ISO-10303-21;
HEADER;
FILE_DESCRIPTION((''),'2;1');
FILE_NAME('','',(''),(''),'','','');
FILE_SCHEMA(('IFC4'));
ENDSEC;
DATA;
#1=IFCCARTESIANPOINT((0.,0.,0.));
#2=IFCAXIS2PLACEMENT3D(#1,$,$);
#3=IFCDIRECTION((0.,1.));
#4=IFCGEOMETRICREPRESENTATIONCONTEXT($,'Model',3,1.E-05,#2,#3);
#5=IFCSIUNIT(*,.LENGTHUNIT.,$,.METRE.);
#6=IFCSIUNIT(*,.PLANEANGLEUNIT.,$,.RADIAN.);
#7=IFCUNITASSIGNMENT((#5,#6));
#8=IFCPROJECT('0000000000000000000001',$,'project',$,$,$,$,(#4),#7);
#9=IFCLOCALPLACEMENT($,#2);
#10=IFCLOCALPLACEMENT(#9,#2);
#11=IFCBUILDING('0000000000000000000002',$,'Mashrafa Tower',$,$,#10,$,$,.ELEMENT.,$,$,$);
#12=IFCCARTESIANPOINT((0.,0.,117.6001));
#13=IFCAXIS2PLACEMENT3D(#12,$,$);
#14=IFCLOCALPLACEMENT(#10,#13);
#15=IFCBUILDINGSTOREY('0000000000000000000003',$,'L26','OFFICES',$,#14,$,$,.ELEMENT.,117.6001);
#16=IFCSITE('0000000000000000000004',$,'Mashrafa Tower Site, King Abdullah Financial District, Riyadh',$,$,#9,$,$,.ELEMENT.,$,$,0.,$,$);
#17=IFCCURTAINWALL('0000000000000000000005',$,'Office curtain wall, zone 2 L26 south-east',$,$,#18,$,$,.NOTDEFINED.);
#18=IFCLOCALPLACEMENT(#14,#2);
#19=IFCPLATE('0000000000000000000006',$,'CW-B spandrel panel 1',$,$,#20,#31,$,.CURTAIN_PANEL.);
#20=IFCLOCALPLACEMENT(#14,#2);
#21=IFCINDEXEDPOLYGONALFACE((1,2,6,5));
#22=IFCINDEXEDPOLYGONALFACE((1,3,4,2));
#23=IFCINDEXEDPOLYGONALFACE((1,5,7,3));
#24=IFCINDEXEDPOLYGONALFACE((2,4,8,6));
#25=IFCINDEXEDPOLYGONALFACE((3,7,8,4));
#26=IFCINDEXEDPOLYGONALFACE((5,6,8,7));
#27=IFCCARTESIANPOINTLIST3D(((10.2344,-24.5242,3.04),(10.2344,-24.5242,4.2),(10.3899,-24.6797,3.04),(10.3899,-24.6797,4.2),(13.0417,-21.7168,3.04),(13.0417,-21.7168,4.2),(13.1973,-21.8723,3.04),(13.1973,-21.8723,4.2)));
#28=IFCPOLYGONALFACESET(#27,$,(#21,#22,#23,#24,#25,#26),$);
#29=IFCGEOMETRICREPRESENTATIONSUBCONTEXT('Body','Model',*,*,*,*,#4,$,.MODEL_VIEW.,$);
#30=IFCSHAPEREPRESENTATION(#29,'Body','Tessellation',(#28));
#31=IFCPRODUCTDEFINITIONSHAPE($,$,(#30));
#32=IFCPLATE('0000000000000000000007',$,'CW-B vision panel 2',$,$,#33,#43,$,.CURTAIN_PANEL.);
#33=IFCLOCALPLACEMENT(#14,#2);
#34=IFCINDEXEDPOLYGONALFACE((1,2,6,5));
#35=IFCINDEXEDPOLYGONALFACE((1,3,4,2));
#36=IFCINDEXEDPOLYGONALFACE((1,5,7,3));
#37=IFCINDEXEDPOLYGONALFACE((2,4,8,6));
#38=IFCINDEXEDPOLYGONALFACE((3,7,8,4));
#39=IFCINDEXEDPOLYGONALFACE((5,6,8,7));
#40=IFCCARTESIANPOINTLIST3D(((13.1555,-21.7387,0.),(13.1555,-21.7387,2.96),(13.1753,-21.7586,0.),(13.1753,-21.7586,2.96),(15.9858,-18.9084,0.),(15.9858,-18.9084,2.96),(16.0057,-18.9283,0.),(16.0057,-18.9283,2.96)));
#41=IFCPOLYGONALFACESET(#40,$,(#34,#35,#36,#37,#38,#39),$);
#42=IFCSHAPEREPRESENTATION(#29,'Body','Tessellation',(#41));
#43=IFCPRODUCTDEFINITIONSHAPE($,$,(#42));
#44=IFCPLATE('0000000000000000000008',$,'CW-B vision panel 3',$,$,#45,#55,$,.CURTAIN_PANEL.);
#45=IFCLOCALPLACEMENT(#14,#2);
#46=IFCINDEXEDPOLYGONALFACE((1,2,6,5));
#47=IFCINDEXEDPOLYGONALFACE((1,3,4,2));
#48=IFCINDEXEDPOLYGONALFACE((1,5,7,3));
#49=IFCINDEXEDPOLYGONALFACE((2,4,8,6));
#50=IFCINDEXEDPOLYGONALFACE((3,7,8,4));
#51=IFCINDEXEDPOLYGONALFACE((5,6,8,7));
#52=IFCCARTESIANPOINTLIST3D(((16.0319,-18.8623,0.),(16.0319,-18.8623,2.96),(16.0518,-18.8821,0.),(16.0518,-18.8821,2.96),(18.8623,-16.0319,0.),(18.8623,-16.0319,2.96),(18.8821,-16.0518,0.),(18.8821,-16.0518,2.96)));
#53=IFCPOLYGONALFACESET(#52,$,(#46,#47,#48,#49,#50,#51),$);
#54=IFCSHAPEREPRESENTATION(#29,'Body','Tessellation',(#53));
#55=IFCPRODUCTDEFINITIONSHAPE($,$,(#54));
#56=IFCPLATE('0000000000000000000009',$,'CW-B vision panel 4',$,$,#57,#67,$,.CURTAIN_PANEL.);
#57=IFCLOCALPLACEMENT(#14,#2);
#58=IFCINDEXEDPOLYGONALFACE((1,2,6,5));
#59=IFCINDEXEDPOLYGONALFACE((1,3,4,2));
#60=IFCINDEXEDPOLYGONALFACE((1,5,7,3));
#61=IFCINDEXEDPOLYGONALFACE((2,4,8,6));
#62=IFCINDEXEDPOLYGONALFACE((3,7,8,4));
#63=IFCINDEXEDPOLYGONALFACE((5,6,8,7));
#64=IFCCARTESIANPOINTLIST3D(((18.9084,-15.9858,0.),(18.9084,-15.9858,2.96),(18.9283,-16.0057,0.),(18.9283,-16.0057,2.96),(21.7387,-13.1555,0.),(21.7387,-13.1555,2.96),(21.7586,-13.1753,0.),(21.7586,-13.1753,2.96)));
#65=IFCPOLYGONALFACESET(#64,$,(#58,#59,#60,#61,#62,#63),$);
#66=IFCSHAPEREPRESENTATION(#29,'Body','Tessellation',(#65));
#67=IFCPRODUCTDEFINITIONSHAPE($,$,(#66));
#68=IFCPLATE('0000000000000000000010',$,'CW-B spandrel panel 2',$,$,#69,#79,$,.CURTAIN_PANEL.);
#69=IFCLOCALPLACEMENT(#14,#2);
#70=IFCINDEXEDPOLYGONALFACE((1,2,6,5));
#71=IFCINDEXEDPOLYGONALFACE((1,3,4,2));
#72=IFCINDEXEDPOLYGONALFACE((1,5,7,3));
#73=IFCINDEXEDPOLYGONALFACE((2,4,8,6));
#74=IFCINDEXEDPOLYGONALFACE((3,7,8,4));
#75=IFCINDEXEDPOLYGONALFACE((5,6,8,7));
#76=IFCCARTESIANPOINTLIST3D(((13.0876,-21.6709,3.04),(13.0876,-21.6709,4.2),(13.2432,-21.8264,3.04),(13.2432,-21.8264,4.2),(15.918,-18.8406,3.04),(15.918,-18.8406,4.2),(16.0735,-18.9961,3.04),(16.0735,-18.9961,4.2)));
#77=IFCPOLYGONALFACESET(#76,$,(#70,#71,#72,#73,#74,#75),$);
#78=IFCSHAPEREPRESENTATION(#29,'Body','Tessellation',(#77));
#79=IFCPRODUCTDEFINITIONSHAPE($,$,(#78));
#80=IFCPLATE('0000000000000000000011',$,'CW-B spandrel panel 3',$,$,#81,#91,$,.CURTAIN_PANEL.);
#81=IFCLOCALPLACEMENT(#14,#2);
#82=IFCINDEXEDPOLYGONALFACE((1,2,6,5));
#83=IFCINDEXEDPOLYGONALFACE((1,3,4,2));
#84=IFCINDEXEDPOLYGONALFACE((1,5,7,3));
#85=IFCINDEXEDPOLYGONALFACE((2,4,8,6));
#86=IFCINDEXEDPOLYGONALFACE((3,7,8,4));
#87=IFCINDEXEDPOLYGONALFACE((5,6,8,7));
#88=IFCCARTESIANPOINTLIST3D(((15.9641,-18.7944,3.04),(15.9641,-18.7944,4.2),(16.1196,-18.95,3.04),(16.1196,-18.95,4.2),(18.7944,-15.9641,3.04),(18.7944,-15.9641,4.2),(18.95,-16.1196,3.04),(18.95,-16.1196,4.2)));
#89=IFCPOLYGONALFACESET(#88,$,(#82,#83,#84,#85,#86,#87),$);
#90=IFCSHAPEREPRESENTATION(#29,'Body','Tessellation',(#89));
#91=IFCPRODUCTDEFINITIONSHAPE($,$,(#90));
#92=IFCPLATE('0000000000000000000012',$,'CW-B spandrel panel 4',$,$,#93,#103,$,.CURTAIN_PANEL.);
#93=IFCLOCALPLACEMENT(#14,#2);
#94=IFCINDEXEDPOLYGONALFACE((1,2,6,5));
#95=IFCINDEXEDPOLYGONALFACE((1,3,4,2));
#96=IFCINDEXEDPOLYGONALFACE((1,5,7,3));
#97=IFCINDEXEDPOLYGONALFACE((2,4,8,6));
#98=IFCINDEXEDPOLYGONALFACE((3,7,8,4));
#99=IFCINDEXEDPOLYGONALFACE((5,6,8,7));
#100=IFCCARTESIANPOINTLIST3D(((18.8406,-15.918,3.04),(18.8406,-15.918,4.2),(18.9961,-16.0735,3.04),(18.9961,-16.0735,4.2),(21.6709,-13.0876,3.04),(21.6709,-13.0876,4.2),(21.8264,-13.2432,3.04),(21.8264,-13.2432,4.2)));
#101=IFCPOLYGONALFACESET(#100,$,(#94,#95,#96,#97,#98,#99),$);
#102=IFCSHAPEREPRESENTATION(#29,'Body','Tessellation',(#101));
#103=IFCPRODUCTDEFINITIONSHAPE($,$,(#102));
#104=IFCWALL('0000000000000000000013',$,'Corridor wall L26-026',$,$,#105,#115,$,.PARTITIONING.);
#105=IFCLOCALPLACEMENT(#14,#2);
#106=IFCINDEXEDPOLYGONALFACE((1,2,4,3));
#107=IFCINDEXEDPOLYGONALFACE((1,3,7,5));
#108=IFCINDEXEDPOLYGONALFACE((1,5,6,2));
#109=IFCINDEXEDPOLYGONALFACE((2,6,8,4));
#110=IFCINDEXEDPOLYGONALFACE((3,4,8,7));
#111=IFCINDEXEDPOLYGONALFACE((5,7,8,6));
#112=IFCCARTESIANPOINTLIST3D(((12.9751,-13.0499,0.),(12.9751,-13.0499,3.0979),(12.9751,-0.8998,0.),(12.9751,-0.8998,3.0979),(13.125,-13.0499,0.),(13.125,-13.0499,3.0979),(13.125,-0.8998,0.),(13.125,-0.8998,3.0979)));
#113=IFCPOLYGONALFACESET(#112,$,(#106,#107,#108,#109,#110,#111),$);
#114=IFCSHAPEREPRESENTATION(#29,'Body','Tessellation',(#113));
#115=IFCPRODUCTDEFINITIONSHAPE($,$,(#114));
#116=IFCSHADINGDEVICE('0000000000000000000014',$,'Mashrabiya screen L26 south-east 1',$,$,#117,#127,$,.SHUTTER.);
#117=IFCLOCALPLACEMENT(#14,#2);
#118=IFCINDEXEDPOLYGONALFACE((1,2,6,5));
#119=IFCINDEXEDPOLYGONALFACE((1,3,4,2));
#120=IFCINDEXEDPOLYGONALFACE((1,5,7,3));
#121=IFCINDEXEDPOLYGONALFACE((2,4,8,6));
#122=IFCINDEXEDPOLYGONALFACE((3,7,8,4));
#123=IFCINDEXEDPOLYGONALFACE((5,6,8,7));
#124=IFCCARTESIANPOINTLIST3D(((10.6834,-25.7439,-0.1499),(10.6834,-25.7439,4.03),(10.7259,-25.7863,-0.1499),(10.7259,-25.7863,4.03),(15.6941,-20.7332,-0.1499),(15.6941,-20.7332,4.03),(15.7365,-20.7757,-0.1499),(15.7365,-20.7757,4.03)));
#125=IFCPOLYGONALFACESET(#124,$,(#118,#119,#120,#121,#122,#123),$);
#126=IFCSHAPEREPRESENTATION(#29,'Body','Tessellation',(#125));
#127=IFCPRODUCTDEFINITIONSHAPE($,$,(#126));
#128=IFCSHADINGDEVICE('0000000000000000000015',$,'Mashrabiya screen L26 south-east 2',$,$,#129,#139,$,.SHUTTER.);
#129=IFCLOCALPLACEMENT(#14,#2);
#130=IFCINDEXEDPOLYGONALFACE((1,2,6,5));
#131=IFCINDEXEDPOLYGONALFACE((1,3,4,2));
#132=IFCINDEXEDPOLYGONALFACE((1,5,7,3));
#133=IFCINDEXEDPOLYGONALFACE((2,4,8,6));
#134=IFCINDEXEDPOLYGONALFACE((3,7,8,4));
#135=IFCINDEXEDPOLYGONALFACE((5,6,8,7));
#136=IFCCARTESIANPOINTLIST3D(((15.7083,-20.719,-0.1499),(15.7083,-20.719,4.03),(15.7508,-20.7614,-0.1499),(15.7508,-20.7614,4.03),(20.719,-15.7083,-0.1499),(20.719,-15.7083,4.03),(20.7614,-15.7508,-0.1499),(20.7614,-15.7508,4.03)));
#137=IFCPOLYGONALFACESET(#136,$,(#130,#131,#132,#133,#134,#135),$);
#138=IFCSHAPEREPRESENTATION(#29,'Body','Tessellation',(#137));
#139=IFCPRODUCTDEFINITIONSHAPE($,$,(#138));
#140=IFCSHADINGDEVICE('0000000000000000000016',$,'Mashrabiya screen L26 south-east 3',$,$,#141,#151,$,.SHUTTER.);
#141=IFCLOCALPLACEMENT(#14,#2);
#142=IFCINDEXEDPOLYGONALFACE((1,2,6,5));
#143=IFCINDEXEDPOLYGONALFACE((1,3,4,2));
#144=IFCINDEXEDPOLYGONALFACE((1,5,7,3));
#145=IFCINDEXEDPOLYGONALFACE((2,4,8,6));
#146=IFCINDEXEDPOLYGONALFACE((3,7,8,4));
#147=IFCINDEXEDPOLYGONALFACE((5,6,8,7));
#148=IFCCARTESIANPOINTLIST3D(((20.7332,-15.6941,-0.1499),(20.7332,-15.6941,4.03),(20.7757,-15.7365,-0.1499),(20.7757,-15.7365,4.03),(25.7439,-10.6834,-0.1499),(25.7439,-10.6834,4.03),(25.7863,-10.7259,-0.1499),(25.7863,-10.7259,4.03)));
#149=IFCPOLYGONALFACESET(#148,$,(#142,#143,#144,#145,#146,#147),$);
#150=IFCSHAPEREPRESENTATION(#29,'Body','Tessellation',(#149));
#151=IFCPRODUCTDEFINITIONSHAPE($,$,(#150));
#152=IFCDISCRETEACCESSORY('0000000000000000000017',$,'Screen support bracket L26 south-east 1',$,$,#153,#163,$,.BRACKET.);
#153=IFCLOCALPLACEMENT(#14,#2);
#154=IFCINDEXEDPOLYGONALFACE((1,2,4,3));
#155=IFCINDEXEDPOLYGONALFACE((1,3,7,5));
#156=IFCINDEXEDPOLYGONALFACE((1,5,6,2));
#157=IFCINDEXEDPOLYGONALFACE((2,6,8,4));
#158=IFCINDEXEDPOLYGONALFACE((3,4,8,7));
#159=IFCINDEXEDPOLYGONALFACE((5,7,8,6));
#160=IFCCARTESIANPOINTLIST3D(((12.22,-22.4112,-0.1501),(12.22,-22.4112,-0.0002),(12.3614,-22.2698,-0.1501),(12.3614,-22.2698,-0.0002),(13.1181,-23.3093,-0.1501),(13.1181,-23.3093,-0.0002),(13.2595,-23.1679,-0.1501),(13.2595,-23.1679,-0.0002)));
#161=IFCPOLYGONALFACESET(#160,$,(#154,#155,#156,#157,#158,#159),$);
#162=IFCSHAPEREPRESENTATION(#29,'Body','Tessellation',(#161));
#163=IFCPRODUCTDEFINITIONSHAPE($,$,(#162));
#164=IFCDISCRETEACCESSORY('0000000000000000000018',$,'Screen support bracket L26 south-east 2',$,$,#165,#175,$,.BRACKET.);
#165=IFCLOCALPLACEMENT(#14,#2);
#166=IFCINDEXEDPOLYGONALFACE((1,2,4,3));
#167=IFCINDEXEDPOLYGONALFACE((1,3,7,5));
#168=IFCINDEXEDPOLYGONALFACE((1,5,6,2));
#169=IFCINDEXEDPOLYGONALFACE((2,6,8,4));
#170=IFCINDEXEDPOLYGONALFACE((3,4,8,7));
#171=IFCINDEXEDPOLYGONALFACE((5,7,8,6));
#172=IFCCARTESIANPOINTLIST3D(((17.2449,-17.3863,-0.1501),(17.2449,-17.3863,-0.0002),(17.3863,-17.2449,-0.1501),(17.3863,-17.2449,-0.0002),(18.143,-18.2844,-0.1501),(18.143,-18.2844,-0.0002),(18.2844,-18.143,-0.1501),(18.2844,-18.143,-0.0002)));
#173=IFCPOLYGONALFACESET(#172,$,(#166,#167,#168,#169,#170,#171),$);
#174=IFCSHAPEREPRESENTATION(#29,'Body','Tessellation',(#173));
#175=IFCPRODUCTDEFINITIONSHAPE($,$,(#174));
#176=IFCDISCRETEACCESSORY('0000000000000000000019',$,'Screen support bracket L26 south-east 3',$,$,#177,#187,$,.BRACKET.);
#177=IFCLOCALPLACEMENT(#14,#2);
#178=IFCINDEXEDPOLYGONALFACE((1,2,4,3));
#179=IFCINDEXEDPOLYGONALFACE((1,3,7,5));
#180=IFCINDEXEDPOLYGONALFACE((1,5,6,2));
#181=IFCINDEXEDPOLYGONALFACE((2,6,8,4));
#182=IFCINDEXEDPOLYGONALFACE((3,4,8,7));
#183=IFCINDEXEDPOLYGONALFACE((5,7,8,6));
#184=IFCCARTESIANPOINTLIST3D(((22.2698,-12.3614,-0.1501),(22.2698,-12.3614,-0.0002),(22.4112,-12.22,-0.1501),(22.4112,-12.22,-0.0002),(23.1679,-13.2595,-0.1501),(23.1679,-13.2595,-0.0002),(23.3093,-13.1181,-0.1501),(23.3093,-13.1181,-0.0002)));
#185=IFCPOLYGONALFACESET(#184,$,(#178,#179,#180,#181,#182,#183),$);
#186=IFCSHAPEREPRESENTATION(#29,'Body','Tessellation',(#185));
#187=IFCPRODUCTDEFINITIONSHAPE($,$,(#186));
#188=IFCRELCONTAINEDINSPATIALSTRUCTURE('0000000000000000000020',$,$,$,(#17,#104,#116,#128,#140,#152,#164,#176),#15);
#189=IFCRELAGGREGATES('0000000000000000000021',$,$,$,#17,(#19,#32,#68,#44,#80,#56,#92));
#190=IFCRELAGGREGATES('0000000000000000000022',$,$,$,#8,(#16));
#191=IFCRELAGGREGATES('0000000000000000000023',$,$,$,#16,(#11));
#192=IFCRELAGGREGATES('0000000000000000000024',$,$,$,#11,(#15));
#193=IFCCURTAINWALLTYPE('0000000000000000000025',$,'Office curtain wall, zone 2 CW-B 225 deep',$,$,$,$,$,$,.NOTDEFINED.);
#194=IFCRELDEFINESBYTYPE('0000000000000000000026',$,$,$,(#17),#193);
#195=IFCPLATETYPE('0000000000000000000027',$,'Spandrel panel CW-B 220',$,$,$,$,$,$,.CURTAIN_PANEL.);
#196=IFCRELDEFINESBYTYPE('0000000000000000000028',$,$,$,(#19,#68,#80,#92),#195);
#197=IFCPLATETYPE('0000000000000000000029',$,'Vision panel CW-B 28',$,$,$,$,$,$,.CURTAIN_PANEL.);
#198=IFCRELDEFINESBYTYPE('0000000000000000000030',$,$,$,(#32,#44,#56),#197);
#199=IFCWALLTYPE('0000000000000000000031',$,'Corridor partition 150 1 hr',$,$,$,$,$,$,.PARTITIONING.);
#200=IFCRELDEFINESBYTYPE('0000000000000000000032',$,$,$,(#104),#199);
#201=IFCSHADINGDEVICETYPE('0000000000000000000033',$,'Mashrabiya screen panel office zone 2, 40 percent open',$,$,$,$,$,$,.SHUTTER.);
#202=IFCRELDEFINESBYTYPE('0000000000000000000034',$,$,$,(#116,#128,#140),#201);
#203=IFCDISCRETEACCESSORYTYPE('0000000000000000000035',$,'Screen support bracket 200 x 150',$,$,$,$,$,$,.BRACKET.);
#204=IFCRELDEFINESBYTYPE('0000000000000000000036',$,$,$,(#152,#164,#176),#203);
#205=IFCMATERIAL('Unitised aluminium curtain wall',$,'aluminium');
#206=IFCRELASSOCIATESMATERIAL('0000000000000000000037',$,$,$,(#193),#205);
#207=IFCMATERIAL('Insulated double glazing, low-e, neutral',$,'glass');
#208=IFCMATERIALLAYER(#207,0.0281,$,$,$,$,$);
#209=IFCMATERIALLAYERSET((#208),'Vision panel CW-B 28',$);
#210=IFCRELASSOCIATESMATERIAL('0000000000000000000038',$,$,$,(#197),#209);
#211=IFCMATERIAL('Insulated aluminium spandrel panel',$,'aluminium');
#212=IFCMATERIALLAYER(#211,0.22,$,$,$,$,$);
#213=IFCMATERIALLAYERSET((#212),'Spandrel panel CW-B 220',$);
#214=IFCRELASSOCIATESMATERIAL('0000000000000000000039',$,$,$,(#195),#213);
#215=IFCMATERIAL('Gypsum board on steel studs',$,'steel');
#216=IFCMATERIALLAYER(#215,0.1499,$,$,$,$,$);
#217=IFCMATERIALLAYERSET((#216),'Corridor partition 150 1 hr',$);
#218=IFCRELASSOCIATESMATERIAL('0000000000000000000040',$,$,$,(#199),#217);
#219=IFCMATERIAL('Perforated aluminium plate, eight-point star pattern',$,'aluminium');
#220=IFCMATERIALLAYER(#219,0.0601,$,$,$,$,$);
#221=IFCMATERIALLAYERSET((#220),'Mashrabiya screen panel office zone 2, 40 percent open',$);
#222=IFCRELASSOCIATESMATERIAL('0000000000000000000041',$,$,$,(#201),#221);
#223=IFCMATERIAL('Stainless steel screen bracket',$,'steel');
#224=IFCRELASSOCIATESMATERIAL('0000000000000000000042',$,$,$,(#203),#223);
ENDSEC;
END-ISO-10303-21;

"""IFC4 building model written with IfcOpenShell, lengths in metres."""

from ifc_helpers import new_model, si_unit, direction, frame, frame_2d, origin, origin_2d, place, context, subcontext, project, spatial, rectangle, extrude, source, transform, mapped, material, layer, layer_set, type_object, type_shapes, element, aggregate, save


model = new_model("IFC4")

# Units and contexts
model_context = context("Model", 3, precision=1e-05, world=origin(), true_north=direction((0.0, 1.0)))
body_context = subcontext(model_context, "Body", "Model", "MODEL_VIEW")
ifc_project = project(units=[si_unit("LENGTHUNIT", "METRE"), si_unit("PLANEANGLEUNIT", "RADIAN")], contexts=[model_context])

# Site, building, storey
site_placement = place(None, origin())
site = spatial("IfcSite", under=ifc_project, at=site_placement, Name="Mashrafa Tower Site, King Abdullah Financial District, Riyadh", CompositionType="ELEMENT", RefElevation=0.0)
building_placement = place(site_placement, origin())
building = spatial("IfcBuilding", under=site, at=building_placement, Name="Mashrafa Tower", CompositionType="ELEMENT")
storey_placement = place(building_placement, frame((0.0, 0.0, 117.6001)))
storey = spatial("IfcBuildingStorey", under=building, at=storey_placement, Name="L26", Description="OFFICES", CompositionType="ELEMENT", Elevation=117.6001)

# Curtain wall, plates
ifc_material_1 = material(Name="Unitised aluminium curtain wall", Category="aluminium")
curtain_wall_type = type_object("IfcCurtainWallType", Name="Office curtain wall, zone 2 CW-B 225 deep", PredefinedType="NOTDEFINED", material=ifc_material_1)
curtain_wall_placement = place(storey_placement, origin())
curtain_wall = element("IfcCurtainWall", 1, at=curtain_wall_placement, inside=storey, type_object=curtain_wall_type, Name="Office curtain wall, zone 2 L26 south-east", PredefinedType="NOTDEFINED")
ifc_material_2 = material(Name="Insulated double glazing, low-e, neutral", Category="glass")
ifc_layer_1 = layer(ifc_material_2, 0.0281)
ifc_layer_set_1 = layer_set([ifc_layer_1], Name="Vision panel CW-B 28")
plate_type_1 = type_object("IfcPlateType", Name="Vision panel CW-B 28", PredefinedType="CURTAIN_PANEL", material=ifc_layer_set_1)
ifc_material_3 = material(Name="Insulated aluminium spandrel panel", Category="aluminium")
ifc_layer_2 = layer(ifc_material_3, 0.22)
ifc_layer_set_2 = layer_set([ifc_layer_2], Name="Spandrel panel CW-B 220")
plate_type_2 = type_object("IfcPlateType", Name="Spandrel panel CW-B 220", PredefinedType="CURTAIN_PANEL", material=ifc_layer_set_2)
shared_shape_1 = source(origin(), body_context, "Body", "SweptSolid", [
    extrude(rectangle(XDim=3.9702, YDim=0.22, at=origin_2d()), origin(), (0.0, 0.0, 1.0), 1.1599),
])
plate_1_placement = place(storey_placement, frame((11.7158, -23.1982, 3.04), z_axis=(0.0, 0.0, 1.0), x_axis=(0.707107, 0.707107, 0.0)))
plate_1 = element("IfcPlate", 2, at=plate_1_placement, type_object=plate_type_2, Name="CW-B spandrel panel 1", PredefinedType="CURTAIN_PANEL", context=body_context, shape_type="MappedRepresentation", body=[
    mapped(shared_shape_1, transform((0.0, 0.0, 0.0))),
])
shared_shape_2 = source(origin(), body_context, "Body", "SweptSolid", [
    extrude(rectangle(XDim=4.0027, YDim=0.0281, at=origin_2d()), origin(), (0.0, 0.0, 1.0), 2.96),
])
plate_2_placement = place(storey_placement, frame((14.5806, -20.3335, 0.0), z_axis=(0.0, 0.0, 1.0), x_axis=(0.707107, 0.707107, 0.0)))
plate_2 = element("IfcPlate", 3, at=plate_2_placement, type_object=plate_type_1, Name="CW-B vision panel 2", PredefinedType="CURTAIN_PANEL", context=body_context, shape_type="MappedRepresentation", body=[
    mapped(shared_shape_2, transform((0.0, 0.0, 0.0))),
])
plate_3_placement = place(storey_placement, frame((17.457, -17.457, 0.0), z_axis=(0.0, 0.0, 1.0), x_axis=(0.707107, 0.707107, 0.0)))
plate_3 = element("IfcPlate", 4, at=plate_3_placement, type_object=plate_type_1, Name="CW-B vision panel 3", PredefinedType="CURTAIN_PANEL", context=body_context, shape_type="MappedRepresentation", body=[
    mapped(shared_shape_2, transform((0.0, 0.0, 0.0))),
])
plate_4_placement = place(storey_placement, frame((20.3335, -14.5806, 0.0), z_axis=(0.0, 0.0, 1.0), x_axis=(0.707107, 0.707107, 0.0)))
plate_4 = element("IfcPlate", 5, at=plate_4_placement, type_object=plate_type_1, Name="CW-B vision panel 4", PredefinedType="CURTAIN_PANEL", context=body_context, shape_type="MappedRepresentation", body=[
    mapped(shared_shape_2, transform((0.0, 0.0, 0.0))),
])
shared_shape_3 = source(origin(), body_context, "Body", "SweptSolid", [
    extrude(rectangle(XDim=4.0027, YDim=0.22, at=origin_2d()), origin(), (0.0, 0.0, 1.0), 1.1599),
])
type_shapes(plate_type_2, [shared_shape_1, shared_shape_3])
plate_5_placement = place(storey_placement, frame((14.5806, -20.3335, 3.04), z_axis=(0.0, 0.0, 1.0), x_axis=(0.707107, 0.707107, 0.0)))
plate_5 = element("IfcPlate", 6, at=plate_5_placement, type_object=plate_type_2, Name="CW-B spandrel panel 2", PredefinedType="CURTAIN_PANEL", context=body_context, shape_type="MappedRepresentation", body=[
    mapped(shared_shape_3, transform((0.0, 0.0, 0.0))),
])
plate_6_placement = place(storey_placement, frame((17.457, -17.457, 3.04), z_axis=(0.0, 0.0, 1.0), x_axis=(0.707107, 0.707107, 0.0)))
plate_6 = element("IfcPlate", 7, at=plate_6_placement, type_object=plate_type_2, Name="CW-B spandrel panel 3", PredefinedType="CURTAIN_PANEL", context=body_context, shape_type="MappedRepresentation", body=[
    mapped(shared_shape_3, transform((0.0, 0.0, 0.0))),
])
plate_7_placement = place(storey_placement, frame((20.3335, -14.5806, 3.04), z_axis=(0.0, 0.0, 1.0), x_axis=(0.707107, 0.707107, 0.0)))
plate_7 = element("IfcPlate", 8, at=plate_7_placement, type_object=plate_type_2, Name="CW-B spandrel panel 4", PredefinedType="CURTAIN_PANEL", context=body_context, shape_type="MappedRepresentation", body=[
    mapped(shared_shape_3, transform((0.0, 0.0, 0.0))),
])
aggregate(curtain_wall, [plate_1, plate_2, plate_5, plate_3, plate_6, plate_4, plate_7])

# Wall
ifc_material_4 = material(Name="Gypsum board on steel studs", Category="steel")
ifc_layer_3 = layer(ifc_material_4, 0.1499)
ifc_layer_set_3 = layer_set([ifc_layer_3], Name="Corridor partition 150 1 hr")
wall_type = type_object("IfcWallType", Name="Corridor partition 150 1 hr", PredefinedType="PARTITIONING", material=ifc_layer_set_3)
wall_placement = place(storey_placement, frame((13.05, -13.05, 0.0), z_axis=(0.0, 0.0, 1.0), x_axis=(0.0, 1.0, 0.0)))
element("IfcWall", 9, at=wall_placement, inside=storey, type_object=wall_type, Name="Corridor wall L26-026", PredefinedType="PARTITIONING", context=body_context, shape_type="SweptSolid", body=[
    extrude(rectangle(XDim=12.1501, YDim=0.1499, at=frame_2d((6.0752, 0.0))), origin(), (0.0, 0.0, 1.0), 3.0979),
])

# Shading devices
ifc_material_5 = material(Name="Perforated aluminium plate, eight-point star pattern", Category="aluminium")
ifc_layer_4 = layer(ifc_material_5, 0.0601)
ifc_layer_set_4 = layer_set([ifc_layer_4], Name="Mashrabiya screen panel office zone 2, 40 percent open")
shading_device_type = type_object("IfcShadingDeviceType", Name="Mashrabiya screen panel office zone 2, 40 percent open", PredefinedType="SHUTTER", material=ifc_layer_set_4)
shared_shape_4 = source(origin(), body_context, "Body", "SweptSolid", [
    extrude(rectangle(XDim=7.0862, YDim=0.0601, at=origin_2d()), origin(), (0.0, 0.0, 1.0), 4.1799),
])
type_shapes(shading_device_type, [shared_shape_4])
for number, where, z_axis, x_axis, name in (
    (10, (13.21, -23.2598, -0.1499), (0.0, 0.0, 1.0), (0.707107, 0.707107, 0.0), "Mashrabiya screen L26 south-east 1"),
    (11, (18.2349, -18.2349, -0.1499), (0.0, 0.0, 1.0), (0.707107, 0.707107, 0.0), "Mashrabiya screen L26 south-east 2"),
    (12, (23.2598, -13.21, -0.1499), (0.0, 0.0, 1.0), (0.707107, 0.707107, 0.0), "Mashrabiya screen L26 south-east 3"),
):
    element("IfcShadingDevice", number, at=place(storey_placement, frame(where, z_axis=z_axis, x_axis=x_axis)), inside=storey, type_object=shading_device_type, Name=name, PredefinedType="SHUTTER", context=body_context, shape_type="MappedRepresentation", body=[
        mapped(shared_shape_4, transform((0.0, 0.0, 0.0))),
    ])

# Discrete accessories
ifc_material_6 = material(Name="Stainless steel screen bracket", Category="steel")
discrete_accessory_type = type_object("IfcDiscreteAccessoryType", Name="Screen support bracket 200 x 150", PredefinedType="BRACKET", material=ifc_material_6)
shared_shape_5 = source(origin(), body_context, "Body", "SweptSolid", [
    extrude(rectangle(XDim=0.2, YDim=1.27, at=origin_2d()), origin(), (0.0, 0.0, 1.0), 0.1499),
])
type_shapes(discrete_accessory_type, [shared_shape_5])
for number, where, z_axis, x_axis, name in (
    (13, (12.7397, -22.7896, -0.1501), (0.0, 0.0, 1.0), (0.707107, 0.707107, 0.0), "Screen support bracket L26 south-east 1"),
    (14, (17.7646, -17.7646, -0.1501), (0.0, 0.0, 1.0), (0.707107, 0.707107, 0.0), "Screen support bracket L26 south-east 2"),
    (15, (22.7896, -12.7397, -0.1501), (0.0, 0.0, 1.0), (0.707107, 0.707107, 0.0), "Screen support bracket L26 south-east 3"),
):
    element("IfcDiscreteAccessory", number, at=place(storey_placement, frame(where, z_axis=z_axis, x_axis=x_axis)), inside=storey, type_object=discrete_accessory_type, Name=name, PredefinedType="BRACKET", context=body_context, shape_type="MappedRepresentation", body=[
        mapped(shared_shape_5, transform((0.0, 0.0, 0.0))),
    ])

save(model, "model.ifc")
